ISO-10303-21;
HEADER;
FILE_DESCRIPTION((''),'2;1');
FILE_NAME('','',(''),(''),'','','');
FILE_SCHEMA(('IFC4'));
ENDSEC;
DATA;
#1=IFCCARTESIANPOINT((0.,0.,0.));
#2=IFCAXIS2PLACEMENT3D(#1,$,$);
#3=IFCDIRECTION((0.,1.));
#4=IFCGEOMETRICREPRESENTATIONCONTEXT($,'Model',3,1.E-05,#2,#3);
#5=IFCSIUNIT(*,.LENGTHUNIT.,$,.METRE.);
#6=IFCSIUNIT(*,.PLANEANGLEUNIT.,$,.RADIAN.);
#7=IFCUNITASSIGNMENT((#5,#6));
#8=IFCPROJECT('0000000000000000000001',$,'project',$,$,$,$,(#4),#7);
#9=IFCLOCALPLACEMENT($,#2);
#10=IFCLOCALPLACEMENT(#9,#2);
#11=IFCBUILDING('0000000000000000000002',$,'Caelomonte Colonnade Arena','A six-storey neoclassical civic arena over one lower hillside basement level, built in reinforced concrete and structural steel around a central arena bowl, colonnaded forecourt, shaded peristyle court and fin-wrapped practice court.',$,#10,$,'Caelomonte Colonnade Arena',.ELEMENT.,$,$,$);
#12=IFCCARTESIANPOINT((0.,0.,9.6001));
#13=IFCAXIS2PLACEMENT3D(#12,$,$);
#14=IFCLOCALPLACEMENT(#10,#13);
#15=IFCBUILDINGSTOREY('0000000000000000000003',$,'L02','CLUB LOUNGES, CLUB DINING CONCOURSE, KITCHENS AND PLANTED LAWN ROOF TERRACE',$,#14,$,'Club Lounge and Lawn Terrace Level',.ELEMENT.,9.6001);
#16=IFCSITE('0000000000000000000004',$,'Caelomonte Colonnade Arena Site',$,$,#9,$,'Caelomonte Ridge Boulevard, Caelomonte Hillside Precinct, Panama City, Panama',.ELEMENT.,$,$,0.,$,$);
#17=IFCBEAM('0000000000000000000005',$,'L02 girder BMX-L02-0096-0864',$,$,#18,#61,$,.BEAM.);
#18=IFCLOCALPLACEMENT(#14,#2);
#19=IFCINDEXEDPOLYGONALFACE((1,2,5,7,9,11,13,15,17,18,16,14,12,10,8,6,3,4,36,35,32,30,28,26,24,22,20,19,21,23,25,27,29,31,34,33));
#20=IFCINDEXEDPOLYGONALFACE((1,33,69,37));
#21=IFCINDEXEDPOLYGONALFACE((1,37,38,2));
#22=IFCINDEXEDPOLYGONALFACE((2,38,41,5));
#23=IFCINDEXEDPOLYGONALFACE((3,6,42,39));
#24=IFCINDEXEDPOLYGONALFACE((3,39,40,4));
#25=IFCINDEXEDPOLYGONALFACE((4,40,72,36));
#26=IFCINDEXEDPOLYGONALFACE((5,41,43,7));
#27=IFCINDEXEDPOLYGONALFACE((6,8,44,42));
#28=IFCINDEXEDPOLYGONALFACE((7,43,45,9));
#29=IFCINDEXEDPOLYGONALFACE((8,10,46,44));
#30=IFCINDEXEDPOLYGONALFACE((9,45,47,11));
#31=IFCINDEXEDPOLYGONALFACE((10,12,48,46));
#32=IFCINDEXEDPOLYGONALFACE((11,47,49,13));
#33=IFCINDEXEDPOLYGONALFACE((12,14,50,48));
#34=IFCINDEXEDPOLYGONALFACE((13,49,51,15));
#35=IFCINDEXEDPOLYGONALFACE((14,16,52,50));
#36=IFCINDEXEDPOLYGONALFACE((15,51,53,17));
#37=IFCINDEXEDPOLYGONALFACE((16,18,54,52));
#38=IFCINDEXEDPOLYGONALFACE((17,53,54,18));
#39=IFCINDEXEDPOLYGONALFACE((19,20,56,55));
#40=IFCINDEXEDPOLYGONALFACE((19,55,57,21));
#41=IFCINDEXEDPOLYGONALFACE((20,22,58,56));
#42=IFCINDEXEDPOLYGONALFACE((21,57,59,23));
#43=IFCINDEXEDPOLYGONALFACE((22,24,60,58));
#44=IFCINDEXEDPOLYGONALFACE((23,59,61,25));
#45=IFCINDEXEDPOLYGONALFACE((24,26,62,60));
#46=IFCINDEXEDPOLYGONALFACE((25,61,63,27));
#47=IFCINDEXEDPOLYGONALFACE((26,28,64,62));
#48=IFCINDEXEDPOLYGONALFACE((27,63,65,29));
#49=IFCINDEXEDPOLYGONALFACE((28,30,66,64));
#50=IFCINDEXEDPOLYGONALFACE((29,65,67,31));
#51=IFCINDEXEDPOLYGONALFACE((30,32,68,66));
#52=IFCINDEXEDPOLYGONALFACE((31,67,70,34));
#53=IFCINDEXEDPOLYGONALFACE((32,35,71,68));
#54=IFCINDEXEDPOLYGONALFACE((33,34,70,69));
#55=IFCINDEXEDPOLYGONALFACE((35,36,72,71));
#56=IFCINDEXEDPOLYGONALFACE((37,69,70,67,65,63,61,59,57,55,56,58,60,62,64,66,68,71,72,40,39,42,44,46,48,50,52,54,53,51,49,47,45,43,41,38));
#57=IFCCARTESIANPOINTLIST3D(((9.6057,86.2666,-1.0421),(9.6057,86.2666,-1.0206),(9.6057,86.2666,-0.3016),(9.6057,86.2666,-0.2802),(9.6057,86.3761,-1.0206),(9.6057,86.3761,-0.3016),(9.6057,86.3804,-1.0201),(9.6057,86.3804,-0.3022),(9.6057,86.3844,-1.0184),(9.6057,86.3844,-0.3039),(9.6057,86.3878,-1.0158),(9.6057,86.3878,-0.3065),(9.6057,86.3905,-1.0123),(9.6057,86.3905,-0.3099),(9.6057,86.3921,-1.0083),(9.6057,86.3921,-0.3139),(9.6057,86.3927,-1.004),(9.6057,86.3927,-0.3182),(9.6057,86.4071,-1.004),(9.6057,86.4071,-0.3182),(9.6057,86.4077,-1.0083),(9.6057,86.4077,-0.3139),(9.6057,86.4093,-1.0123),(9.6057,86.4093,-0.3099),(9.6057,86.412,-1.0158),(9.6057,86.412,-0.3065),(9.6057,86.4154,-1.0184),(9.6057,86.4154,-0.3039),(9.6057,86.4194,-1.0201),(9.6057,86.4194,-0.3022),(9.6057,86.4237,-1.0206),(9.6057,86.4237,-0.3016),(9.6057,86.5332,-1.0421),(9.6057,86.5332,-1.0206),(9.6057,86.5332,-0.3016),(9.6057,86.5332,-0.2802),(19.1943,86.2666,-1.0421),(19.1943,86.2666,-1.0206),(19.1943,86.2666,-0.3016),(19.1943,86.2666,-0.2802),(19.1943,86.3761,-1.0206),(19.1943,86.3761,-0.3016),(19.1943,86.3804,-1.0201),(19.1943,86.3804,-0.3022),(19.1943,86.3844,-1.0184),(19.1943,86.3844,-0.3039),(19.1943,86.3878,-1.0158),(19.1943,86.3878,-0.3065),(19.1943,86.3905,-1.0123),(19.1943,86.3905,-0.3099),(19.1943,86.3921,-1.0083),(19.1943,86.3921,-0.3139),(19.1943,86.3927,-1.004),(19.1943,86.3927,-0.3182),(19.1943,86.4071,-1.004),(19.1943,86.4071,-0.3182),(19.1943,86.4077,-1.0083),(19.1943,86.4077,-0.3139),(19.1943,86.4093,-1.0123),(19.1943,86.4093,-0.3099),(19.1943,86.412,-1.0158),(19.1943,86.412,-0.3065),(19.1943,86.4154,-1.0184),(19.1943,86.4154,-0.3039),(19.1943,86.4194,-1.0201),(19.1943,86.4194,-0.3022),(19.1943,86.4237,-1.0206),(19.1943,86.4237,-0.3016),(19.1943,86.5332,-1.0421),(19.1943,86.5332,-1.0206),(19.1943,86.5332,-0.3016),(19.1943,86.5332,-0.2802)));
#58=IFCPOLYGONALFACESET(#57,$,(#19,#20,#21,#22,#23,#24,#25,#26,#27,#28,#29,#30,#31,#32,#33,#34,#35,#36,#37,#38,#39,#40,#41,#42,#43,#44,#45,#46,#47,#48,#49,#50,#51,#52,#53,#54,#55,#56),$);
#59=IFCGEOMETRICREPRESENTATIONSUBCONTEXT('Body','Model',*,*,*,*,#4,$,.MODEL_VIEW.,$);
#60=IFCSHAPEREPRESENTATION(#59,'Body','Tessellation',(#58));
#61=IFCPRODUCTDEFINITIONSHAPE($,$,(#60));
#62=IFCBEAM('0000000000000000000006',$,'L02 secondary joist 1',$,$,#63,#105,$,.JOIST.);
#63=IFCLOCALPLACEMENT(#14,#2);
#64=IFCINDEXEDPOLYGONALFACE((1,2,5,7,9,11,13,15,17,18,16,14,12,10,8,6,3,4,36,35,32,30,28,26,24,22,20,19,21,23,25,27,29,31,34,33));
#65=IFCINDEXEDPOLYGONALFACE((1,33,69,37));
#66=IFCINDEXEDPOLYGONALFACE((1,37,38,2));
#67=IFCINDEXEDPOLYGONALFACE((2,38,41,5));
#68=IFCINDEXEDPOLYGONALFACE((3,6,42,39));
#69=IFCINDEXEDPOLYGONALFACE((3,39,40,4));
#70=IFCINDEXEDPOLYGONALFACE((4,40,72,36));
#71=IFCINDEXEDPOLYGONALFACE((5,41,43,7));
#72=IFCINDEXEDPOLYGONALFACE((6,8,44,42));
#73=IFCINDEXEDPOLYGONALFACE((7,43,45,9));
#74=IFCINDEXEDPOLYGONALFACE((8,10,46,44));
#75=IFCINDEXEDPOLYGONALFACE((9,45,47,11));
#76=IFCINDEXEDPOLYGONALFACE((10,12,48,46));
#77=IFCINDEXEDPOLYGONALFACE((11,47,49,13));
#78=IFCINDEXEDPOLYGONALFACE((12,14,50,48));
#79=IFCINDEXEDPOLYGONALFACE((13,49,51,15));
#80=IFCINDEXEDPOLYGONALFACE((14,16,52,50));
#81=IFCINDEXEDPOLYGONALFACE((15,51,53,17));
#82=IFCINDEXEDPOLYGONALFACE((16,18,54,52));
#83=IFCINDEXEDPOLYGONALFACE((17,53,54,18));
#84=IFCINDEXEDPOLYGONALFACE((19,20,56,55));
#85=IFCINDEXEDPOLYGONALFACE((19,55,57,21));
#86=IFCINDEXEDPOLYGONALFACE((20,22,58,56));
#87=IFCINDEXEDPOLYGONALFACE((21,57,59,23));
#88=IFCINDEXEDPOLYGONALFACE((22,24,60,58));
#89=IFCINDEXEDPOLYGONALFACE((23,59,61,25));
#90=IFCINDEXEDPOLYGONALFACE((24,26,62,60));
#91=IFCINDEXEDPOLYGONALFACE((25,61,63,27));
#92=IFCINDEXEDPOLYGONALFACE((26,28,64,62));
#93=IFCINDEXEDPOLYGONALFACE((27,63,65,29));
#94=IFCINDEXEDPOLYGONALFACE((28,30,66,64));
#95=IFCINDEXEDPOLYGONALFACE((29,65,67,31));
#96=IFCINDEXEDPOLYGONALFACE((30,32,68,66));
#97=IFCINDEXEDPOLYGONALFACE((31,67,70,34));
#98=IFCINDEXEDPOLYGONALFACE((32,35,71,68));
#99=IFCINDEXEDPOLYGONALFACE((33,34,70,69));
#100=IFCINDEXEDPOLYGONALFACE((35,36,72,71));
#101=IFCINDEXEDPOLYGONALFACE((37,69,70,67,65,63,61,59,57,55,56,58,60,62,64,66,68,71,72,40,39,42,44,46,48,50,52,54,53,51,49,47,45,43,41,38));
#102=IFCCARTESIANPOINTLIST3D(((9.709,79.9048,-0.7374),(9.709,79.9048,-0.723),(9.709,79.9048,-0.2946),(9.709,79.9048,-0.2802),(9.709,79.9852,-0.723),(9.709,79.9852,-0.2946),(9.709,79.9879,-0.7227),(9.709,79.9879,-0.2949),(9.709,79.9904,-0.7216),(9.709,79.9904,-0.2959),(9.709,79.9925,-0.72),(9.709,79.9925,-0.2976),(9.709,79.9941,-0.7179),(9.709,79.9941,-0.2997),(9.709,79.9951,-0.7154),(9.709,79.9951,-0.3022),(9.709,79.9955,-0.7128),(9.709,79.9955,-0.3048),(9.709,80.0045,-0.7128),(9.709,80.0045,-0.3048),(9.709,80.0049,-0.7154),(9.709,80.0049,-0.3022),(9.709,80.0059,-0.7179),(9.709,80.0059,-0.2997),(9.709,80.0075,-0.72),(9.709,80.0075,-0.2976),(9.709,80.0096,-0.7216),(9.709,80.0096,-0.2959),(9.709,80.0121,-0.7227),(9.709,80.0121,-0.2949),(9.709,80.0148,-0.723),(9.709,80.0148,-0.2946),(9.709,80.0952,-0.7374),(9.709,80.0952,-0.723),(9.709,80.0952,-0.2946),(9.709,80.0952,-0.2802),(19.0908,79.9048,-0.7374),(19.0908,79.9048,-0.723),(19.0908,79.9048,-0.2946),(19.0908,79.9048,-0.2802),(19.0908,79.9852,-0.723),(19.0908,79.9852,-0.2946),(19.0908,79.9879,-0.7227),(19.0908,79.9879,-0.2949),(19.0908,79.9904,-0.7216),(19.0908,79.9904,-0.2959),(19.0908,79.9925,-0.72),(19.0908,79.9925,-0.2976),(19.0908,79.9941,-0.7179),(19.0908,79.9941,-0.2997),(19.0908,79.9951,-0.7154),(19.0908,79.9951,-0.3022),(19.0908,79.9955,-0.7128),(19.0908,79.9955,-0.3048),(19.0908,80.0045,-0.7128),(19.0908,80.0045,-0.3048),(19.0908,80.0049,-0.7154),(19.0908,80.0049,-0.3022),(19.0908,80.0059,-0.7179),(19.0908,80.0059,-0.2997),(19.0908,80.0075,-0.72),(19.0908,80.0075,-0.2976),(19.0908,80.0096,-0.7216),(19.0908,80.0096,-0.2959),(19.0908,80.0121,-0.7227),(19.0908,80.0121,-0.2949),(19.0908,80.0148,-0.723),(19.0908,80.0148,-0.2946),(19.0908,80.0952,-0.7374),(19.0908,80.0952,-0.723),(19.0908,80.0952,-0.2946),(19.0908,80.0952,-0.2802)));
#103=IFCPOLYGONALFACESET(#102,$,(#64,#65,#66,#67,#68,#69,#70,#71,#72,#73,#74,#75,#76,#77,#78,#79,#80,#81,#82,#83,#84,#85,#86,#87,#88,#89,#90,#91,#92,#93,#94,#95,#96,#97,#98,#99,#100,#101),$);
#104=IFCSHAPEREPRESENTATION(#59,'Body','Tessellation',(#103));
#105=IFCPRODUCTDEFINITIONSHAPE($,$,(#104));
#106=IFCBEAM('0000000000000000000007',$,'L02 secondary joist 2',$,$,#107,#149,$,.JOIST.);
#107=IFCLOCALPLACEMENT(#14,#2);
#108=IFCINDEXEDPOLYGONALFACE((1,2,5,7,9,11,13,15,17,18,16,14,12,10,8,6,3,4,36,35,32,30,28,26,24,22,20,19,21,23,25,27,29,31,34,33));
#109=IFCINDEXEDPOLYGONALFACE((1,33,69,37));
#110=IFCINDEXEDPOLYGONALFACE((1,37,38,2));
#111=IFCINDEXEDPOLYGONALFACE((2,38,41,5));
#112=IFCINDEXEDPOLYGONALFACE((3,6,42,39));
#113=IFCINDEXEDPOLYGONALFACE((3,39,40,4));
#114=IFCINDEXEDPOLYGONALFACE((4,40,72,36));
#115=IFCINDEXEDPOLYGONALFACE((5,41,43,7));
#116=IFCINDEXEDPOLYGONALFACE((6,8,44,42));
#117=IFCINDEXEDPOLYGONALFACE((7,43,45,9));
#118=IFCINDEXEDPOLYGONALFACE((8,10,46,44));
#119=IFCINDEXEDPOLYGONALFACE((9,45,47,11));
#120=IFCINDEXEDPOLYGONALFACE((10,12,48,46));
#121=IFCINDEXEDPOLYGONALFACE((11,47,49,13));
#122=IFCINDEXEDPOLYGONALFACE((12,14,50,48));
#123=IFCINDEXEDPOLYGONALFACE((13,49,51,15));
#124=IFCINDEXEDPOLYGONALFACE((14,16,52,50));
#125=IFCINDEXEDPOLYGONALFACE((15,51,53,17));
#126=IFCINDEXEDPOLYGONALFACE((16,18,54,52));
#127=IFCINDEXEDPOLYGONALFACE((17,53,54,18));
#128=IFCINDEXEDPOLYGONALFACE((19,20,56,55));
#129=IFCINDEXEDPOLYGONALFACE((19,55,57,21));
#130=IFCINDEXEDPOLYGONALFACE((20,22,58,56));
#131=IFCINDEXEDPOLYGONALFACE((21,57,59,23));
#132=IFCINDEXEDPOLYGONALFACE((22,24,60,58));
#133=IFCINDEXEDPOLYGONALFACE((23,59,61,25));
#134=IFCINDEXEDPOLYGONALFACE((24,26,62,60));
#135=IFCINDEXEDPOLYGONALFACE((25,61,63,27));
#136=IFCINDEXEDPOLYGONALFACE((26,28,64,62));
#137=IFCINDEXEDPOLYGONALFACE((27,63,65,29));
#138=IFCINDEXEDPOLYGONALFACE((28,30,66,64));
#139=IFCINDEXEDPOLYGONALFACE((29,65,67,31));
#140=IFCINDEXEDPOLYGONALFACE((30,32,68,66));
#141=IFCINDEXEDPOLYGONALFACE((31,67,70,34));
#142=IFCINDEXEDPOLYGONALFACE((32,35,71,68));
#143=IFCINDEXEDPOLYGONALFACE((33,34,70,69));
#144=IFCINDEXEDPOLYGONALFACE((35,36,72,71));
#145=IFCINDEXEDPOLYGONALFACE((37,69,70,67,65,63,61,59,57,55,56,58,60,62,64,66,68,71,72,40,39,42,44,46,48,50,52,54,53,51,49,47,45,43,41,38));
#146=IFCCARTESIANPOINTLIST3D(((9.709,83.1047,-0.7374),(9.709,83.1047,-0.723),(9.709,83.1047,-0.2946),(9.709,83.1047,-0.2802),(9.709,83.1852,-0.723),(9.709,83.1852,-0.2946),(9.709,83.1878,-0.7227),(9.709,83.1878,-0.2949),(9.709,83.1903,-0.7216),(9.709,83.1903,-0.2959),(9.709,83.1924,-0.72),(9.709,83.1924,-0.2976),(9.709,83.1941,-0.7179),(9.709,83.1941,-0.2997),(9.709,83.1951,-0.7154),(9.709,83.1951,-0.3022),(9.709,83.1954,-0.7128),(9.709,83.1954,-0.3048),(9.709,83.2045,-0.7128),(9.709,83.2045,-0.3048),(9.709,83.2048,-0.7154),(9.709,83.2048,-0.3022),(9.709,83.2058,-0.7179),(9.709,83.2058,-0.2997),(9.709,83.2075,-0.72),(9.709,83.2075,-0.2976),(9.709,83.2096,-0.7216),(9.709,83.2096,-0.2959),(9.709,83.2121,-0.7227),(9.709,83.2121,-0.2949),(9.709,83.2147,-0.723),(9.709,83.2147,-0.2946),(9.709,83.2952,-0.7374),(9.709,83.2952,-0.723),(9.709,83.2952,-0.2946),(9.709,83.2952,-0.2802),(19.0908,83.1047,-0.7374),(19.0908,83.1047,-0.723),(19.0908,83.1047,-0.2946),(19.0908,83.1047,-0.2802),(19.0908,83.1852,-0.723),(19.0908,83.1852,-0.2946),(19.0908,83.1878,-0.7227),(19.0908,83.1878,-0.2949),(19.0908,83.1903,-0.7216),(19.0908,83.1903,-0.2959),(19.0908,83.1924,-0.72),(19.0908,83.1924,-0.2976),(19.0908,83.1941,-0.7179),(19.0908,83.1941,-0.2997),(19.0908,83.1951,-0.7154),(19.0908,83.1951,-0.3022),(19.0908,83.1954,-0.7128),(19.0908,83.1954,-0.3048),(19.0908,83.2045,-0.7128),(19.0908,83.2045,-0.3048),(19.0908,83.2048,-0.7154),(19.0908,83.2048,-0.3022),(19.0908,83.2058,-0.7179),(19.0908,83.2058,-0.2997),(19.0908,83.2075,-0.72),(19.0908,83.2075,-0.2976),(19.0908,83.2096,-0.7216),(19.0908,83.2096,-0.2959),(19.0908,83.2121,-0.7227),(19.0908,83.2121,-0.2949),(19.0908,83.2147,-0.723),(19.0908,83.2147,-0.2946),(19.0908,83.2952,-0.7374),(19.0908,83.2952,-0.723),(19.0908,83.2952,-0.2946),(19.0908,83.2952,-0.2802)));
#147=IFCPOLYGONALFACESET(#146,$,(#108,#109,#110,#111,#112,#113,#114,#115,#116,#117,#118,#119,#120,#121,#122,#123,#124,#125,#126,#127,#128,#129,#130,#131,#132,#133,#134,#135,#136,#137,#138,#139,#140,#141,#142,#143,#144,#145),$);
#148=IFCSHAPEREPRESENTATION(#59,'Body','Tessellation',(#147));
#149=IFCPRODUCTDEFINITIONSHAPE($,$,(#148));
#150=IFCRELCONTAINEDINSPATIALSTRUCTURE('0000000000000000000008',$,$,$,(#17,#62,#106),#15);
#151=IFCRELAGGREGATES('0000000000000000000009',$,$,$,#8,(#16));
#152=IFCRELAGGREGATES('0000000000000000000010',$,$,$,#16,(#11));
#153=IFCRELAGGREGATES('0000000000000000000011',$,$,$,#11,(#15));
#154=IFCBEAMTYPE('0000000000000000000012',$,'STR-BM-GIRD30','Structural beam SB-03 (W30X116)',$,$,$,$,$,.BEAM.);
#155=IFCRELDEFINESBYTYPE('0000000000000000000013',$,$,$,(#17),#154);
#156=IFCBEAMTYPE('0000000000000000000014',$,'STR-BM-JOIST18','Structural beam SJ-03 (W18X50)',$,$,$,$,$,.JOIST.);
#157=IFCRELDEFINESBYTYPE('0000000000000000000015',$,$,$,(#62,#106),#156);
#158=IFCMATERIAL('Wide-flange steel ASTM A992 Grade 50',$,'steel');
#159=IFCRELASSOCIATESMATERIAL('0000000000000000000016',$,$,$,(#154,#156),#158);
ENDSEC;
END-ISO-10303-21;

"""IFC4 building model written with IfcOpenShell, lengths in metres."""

from ifc_helpers import new_model, si_unit, direction, frame, origin, origin_2d, place, context, subcontext, project, spatial, i_section, extrude, material, material_profile, profile_set, type_object, element, save


model = new_model("IFC4")

# Units and contexts
model_context = context("Model", 3, precision=1e-05, world=origin(), true_north=direction((0.0, 1.0)))
body_context = subcontext(model_context, "Body", "Model", "MODEL_VIEW")
ifc_project = project(units=[si_unit("LENGTHUNIT", "METRE"), si_unit("PLANEANGLEUNIT", "RADIAN")], contexts=[model_context])

# Site, building, storey
site_placement = place(None, origin())
site = spatial("IfcSite", under=ifc_project, at=site_placement, Name="Caelomonte Colonnade Arena Site", LongName="Caelomonte Ridge Boulevard, Caelomonte Hillside Precinct, Panama City, Panama", CompositionType="ELEMENT", RefElevation=0.0)
building_placement = place(site_placement, origin())
building = spatial("IfcBuilding", under=site, at=building_placement, Name="Caelomonte Colonnade Arena", Description="A six-storey neoclassical civic arena over one lower hillside basement level, built in reinforced concrete and structural steel around a central arena bowl, colonnaded forecourt, shaded peristyle court and fin-wrapped practice court.", LongName="Caelomonte Colonnade Arena", CompositionType="ELEMENT")
storey_placement = place(building_placement, frame((0.0, 0.0, 9.6001)))
storey = spatial("IfcBuildingStorey", under=building, at=storey_placement, Name="L02", Description="CLUB LOUNGES, CLUB DINING CONCOURSE, KITCHENS AND PLANTED LAWN ROOF TERRACE", LongName="Club Lounge and Lawn Terrace Level", CompositionType="ELEMENT", Elevation=9.6001)

# Beams
ifc_material_1 = material(Name="Wide-flange steel ASTM A992 Grade 50", Category="steel")
ifc_material_profile_1 = material_profile(ifc_material_1, i_section(OverallWidth=0.2666, OverallDepth=0.762, WebThickness=0.0144, FlangeThickness=0.0215, FilletRadius=0.0166, at=origin_2d()), Name="W30X116")
ifc_profile_set_1 = profile_set([ifc_material_profile_1], Name="Wide-flange steel ASTM A992 Grade 50")
beam_type_1 = type_object("IfcBeamType", Name="STR-BM-GIRD30", Description="Structural beam SB-03 (W30X116)", PredefinedType="BEAM", material=ifc_profile_set_1)
beam_placement = place(storey_placement, frame((9.6057, 86.3999, -0.6611), z_axis=(1.0, 0.0, 0.0), x_axis=(0.0, 1.0, 0.0)))
element("IfcBeam", 1, at=beam_placement, inside=storey, type_object=beam_type_1, Name="L02 girder BMX-L02-0096-0864", PredefinedType="BEAM", context=body_context, shape_type="SweptSolid", body=[
    extrude(i_section(OverallWidth=0.2666, OverallDepth=0.762, WebThickness=0.0144, FlangeThickness=0.0215, FilletRadius=0.0166, at=origin_2d()), origin(), (0.0, 0.0, 1.0), 9.5886),
])
ifc_material_profile_2 = material_profile(ifc_material_1, i_section(OverallWidth=0.1904, OverallDepth=0.4573, WebThickness=0.009, FlangeThickness=0.0144, FilletRadius=0.0103, at=origin_2d()), Name="W18X50")
ifc_profile_set_2 = profile_set([ifc_material_profile_2], Name="Wide-flange steel ASTM A992 Grade 50")
beam_type_2 = type_object("IfcBeamType", Name="STR-BM-JOIST18", Description="Structural beam SJ-03 (W18X50)", PredefinedType="JOIST", material=ifc_profile_set_2)
for number, where, z_axis, x_axis, name in (
    (2, (9.709, 80.0, -0.5088), (1.0, 0.0, 0.0), (0.0, 1.0, 0.0), "L02 secondary joist 1"),
    (3, (9.709, 83.2, -0.5088), (1.0, 0.0, 0.0), (0.0, 1.0, 0.0), "L02 secondary joist 2"),
):
    element("IfcBeam", number, at=place(storey_placement, frame(where, z_axis=z_axis, x_axis=x_axis)), inside=storey, type_object=beam_type_2, Name=name, PredefinedType="JOIST", context=body_context, shape_type="SweptSolid", body=[
        extrude(i_section(OverallWidth=0.1904, OverallDepth=0.4573, WebThickness=0.009, FlangeThickness=0.0144, FilletRadius=0.0103, at=origin_2d()), origin(), (0.0, 0.0, 1.0), 9.3818),
    ])

save(model, "model.ifc")
